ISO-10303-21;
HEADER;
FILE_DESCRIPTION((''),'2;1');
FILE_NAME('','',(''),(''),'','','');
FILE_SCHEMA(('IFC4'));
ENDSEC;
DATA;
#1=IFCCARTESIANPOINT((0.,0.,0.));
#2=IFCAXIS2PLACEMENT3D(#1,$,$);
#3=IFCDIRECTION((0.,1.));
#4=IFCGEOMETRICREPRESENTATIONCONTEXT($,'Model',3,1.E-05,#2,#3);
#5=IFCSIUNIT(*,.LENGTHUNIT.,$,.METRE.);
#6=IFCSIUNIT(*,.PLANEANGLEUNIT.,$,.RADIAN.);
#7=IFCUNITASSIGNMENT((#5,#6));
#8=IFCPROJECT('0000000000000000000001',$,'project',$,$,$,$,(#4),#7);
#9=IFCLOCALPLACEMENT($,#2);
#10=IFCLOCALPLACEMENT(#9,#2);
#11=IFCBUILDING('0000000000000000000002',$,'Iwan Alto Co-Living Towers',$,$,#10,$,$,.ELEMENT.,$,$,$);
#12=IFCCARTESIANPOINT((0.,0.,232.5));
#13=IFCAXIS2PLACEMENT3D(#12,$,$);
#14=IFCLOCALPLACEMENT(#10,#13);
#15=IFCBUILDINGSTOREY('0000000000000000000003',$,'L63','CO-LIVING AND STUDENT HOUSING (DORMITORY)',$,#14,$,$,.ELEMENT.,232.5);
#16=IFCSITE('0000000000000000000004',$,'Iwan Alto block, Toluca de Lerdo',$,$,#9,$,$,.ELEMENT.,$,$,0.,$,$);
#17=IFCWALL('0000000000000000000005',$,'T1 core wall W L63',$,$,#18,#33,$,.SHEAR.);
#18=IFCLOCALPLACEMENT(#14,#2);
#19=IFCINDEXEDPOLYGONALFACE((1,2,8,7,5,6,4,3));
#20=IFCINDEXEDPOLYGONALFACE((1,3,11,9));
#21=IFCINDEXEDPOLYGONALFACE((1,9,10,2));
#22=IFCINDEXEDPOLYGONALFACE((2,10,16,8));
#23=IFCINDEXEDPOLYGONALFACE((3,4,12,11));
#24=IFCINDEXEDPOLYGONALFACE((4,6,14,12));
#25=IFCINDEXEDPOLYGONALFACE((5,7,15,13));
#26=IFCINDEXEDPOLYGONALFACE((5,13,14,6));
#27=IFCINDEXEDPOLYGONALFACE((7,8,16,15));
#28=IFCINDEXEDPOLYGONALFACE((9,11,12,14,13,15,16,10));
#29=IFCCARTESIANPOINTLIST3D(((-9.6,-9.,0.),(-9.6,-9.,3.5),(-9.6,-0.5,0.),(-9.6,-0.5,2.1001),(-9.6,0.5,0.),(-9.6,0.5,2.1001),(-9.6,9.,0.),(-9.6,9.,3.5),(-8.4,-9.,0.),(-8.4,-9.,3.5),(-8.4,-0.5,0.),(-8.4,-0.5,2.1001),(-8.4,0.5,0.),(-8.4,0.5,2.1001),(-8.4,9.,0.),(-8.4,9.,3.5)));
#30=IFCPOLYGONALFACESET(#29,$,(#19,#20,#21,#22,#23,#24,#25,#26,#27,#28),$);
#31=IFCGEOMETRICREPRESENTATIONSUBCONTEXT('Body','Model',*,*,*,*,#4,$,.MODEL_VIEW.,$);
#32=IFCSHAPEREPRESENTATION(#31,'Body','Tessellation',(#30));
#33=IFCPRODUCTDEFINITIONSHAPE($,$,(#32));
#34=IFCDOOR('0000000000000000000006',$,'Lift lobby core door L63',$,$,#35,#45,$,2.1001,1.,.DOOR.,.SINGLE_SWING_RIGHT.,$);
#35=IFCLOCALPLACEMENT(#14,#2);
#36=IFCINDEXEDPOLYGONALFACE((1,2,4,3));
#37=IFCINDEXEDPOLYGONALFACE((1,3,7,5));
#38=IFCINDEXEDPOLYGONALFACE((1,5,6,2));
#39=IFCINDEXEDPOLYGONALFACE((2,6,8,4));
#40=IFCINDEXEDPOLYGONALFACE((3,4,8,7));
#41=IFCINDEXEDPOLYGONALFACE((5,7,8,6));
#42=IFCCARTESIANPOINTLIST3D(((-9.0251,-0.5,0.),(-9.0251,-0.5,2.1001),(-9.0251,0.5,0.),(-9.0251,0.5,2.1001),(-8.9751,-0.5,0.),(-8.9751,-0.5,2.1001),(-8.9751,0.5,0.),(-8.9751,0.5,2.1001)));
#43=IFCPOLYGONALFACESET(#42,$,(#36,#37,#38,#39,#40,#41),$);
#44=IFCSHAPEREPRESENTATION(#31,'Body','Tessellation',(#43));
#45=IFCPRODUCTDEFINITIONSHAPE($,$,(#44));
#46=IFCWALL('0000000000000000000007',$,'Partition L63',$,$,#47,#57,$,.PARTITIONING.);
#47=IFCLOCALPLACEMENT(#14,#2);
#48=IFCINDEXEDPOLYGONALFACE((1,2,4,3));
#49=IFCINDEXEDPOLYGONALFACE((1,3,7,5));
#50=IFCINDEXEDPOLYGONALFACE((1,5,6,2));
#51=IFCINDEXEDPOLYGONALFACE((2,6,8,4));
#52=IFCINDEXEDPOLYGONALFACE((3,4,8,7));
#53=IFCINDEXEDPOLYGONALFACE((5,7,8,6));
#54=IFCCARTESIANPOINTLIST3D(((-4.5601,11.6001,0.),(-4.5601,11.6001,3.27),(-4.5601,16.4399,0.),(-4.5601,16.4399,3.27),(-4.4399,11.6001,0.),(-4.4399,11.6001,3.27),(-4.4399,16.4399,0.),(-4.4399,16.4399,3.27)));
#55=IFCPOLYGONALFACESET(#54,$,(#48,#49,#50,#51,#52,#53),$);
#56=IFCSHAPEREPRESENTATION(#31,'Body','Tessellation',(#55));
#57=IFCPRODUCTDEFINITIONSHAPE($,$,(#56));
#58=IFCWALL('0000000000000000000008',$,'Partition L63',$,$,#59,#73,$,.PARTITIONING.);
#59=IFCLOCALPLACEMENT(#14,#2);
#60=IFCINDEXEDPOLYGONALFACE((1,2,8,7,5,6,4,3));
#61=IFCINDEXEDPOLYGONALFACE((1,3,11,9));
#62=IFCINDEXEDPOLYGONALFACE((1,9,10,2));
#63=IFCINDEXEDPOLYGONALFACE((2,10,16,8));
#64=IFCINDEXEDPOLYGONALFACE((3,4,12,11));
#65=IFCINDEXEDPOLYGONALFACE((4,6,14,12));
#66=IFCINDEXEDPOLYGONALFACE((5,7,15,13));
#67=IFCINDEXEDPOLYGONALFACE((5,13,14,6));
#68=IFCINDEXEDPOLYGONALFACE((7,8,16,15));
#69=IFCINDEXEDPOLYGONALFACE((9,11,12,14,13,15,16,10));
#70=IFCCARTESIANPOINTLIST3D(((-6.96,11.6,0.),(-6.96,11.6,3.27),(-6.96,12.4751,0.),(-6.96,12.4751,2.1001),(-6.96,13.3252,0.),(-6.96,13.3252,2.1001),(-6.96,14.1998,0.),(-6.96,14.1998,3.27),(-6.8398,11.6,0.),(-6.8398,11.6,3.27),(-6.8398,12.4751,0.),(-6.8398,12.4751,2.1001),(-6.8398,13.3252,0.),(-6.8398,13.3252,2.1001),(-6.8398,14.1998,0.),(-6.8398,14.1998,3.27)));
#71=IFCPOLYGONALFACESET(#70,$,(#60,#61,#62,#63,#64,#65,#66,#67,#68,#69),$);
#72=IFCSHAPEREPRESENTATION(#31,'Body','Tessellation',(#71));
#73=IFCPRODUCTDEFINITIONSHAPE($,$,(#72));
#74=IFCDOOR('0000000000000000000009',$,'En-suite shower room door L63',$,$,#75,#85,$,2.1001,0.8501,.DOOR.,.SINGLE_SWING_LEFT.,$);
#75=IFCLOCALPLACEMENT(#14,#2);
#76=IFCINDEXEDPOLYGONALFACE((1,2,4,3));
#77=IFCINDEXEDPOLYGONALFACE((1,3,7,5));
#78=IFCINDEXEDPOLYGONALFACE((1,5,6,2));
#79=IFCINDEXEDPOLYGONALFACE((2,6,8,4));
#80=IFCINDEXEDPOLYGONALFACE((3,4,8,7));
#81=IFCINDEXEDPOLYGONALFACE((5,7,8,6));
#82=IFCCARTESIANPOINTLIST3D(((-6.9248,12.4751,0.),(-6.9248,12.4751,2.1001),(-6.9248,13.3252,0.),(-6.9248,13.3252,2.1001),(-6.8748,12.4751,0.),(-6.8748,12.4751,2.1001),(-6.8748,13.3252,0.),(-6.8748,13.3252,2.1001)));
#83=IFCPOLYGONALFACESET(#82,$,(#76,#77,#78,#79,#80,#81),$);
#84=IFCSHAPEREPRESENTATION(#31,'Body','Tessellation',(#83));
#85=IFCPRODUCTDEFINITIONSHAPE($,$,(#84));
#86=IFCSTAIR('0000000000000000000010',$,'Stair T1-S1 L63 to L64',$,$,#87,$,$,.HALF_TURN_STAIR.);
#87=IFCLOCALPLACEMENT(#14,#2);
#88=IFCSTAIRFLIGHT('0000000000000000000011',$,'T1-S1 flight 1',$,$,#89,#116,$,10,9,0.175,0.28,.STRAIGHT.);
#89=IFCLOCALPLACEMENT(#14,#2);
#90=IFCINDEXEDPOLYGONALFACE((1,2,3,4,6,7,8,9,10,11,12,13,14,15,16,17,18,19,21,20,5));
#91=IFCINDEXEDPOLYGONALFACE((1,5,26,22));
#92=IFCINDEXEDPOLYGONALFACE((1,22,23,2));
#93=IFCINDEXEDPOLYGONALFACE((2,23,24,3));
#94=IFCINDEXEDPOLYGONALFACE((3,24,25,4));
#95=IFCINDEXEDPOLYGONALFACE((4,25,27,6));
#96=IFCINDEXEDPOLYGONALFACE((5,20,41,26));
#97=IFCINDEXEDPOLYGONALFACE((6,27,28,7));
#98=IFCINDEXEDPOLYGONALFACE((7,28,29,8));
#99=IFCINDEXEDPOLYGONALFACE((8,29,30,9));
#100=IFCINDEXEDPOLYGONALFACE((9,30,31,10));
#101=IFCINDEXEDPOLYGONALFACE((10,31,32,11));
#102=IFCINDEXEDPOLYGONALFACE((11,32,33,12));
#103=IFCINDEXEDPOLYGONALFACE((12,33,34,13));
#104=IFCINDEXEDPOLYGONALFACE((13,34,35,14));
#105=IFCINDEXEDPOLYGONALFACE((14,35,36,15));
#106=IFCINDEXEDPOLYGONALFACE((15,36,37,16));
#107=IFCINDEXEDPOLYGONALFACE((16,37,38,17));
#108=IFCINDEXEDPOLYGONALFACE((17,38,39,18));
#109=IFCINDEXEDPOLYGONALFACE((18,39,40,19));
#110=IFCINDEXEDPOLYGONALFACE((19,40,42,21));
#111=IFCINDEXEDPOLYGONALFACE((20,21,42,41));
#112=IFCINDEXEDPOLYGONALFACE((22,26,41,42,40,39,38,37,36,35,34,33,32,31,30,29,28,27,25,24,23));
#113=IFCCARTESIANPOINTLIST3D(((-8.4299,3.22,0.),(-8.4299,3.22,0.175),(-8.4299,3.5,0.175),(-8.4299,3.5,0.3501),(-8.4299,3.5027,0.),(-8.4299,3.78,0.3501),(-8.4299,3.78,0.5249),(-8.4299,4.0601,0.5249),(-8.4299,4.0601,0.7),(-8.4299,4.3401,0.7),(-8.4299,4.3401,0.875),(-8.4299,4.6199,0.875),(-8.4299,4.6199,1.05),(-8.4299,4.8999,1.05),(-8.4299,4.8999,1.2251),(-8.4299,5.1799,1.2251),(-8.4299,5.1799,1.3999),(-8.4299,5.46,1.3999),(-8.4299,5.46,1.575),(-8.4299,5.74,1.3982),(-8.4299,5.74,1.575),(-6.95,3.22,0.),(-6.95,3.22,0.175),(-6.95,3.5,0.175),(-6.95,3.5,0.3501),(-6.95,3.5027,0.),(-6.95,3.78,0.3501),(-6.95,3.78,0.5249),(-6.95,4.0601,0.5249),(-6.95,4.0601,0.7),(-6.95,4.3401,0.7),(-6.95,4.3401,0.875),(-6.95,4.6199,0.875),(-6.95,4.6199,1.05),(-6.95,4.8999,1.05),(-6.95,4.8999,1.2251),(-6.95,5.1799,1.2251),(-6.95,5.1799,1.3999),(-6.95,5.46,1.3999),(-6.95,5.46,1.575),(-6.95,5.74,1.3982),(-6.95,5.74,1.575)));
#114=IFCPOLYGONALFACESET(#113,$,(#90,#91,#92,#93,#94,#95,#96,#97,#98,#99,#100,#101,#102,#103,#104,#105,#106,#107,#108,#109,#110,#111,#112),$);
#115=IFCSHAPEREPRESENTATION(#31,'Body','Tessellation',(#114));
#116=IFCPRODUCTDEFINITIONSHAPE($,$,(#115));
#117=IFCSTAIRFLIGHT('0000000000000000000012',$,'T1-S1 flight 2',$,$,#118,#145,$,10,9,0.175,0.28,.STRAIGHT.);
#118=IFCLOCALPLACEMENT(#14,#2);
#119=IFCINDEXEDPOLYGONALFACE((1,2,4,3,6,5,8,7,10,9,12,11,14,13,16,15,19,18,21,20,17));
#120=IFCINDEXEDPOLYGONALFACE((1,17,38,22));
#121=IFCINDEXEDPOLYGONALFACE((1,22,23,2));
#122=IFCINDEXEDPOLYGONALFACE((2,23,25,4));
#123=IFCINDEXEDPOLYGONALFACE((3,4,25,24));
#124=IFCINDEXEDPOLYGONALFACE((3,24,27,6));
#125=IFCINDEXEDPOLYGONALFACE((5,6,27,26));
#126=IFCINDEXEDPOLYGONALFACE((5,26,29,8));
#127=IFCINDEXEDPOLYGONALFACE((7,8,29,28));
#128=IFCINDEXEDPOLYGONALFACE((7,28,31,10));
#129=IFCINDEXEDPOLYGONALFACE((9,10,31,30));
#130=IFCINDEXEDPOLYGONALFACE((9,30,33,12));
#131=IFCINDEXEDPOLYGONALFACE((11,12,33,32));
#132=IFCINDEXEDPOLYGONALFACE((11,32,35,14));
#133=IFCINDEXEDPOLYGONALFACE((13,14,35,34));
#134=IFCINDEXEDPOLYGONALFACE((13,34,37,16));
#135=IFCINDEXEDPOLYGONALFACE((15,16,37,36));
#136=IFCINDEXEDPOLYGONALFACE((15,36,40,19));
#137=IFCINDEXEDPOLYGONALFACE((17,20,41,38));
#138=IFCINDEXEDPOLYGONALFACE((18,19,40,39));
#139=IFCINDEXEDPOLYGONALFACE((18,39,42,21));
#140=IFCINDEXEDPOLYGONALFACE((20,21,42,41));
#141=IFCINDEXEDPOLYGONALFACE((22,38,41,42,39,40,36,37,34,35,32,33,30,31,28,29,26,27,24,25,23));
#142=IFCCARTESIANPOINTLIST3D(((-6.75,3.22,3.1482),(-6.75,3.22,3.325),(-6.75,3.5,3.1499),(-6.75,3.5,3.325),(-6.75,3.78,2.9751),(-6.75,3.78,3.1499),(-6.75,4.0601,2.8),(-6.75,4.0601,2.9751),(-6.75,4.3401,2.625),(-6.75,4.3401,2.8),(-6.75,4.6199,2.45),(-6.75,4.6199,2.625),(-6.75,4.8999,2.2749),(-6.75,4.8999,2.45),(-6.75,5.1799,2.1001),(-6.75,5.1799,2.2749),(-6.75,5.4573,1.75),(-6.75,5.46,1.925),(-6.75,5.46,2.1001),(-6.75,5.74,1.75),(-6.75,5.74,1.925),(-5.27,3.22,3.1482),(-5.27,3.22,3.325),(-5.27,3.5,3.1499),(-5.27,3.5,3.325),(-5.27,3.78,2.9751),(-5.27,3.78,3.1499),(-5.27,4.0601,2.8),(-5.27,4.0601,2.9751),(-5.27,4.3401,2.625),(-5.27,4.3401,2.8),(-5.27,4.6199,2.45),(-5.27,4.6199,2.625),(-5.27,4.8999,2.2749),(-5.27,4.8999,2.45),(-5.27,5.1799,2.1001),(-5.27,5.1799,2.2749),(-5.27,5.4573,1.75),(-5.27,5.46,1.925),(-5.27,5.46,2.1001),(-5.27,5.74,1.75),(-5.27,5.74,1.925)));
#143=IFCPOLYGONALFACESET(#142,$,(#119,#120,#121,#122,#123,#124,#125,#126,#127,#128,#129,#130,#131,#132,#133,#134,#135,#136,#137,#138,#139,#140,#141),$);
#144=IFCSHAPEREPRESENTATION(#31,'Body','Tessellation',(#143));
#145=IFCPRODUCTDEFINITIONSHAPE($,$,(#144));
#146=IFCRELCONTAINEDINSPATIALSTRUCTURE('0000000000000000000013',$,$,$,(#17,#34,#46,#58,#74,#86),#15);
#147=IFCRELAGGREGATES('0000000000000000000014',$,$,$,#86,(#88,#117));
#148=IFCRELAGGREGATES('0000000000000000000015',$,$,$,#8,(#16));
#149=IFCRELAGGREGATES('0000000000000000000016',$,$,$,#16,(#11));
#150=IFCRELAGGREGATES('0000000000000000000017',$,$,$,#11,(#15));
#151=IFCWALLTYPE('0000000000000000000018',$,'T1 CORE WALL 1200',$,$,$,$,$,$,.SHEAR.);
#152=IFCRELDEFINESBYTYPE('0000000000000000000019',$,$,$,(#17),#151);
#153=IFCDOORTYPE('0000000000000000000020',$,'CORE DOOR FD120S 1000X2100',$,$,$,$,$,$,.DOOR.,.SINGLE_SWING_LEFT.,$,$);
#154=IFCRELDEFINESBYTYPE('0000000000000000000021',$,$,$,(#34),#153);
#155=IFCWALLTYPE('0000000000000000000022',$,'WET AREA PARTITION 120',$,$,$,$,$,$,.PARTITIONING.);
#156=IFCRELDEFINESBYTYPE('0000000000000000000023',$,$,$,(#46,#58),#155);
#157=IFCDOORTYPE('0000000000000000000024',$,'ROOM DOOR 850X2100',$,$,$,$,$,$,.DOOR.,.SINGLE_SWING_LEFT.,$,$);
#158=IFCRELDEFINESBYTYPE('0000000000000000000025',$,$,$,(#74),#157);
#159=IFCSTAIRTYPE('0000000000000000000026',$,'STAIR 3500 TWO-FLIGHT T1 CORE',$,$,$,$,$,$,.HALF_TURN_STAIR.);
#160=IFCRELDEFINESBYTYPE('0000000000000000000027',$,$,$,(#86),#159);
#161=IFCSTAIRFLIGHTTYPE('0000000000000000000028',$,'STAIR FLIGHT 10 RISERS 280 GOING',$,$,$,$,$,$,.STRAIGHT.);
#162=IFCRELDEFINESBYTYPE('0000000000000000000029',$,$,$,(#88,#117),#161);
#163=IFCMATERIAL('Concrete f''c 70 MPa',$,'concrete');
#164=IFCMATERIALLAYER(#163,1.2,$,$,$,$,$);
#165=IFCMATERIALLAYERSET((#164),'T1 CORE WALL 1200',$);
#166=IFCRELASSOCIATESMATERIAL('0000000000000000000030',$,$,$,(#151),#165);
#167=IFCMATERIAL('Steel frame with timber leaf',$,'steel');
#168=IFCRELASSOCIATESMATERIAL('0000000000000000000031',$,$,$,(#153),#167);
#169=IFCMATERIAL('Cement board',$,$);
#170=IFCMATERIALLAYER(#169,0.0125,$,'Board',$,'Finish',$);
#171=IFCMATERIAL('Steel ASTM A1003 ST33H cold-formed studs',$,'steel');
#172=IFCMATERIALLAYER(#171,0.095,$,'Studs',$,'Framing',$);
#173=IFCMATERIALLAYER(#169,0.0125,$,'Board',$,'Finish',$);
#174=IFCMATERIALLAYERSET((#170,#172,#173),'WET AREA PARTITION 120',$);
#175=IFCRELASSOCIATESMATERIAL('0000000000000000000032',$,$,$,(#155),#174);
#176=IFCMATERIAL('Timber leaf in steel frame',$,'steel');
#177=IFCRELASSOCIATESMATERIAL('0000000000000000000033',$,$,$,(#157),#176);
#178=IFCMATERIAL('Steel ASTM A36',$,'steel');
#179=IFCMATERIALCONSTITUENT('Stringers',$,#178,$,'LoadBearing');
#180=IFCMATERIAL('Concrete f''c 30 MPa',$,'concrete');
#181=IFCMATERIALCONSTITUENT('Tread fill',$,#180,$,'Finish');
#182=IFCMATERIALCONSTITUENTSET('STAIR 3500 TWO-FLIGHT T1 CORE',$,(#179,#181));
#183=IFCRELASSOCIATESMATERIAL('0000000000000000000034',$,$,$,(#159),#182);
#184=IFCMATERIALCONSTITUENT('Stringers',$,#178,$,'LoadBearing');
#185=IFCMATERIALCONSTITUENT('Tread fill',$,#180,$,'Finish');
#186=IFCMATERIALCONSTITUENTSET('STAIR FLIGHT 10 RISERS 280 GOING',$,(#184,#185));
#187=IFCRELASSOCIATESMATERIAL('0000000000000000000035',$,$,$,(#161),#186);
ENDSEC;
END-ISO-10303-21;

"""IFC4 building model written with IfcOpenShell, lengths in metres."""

from ifc_helpers import new_model, si_unit, direction, frame, frame_2d, origin, place, context, subcontext, project, spatial, polyline, rectangle, outline, extrude, material, layer, layer_set, constituent, constituent_set, type_object, element, fill, aggregate, save


model = new_model("IFC4")

# Units and contexts
model_context = context("Model", 3, precision=1e-05, world=origin(), true_north=direction((0.0, 1.0)))
body_context = subcontext(model_context, "Body", "Model", "MODEL_VIEW")
ifc_project = project(units=[si_unit("LENGTHUNIT", "METRE"), si_unit("PLANEANGLEUNIT", "RADIAN")], contexts=[model_context])

# Site, building, storey
site_placement = place(None, origin())
site = spatial("IfcSite", under=ifc_project, at=site_placement, Name="Iwan Alto block, Toluca de Lerdo", CompositionType="ELEMENT", RefElevation=0.0)
building_placement = place(site_placement, origin())
building = spatial("IfcBuilding", under=site, at=building_placement, Name="Iwan Alto Co-Living Towers", CompositionType="ELEMENT")
storey_placement = place(building_placement, frame((0.0, 0.0, 232.5)))
storey = spatial("IfcBuildingStorey", under=building, at=storey_placement, Name="L63", Description="CO-LIVING AND STUDENT HOUSING (DORMITORY)", CompositionType="ELEMENT", Elevation=232.5)

# Shared definitions
ifc_material_1 = material(Name="Steel ASTM A1003 ST33H cold-formed studs", Category="steel")

# Wall, opening, door
ifc_material_2 = material(Name="Concrete f'c 70 MPa", Category="concrete")
ifc_layer_1 = layer(ifc_material_2, 1.2)
ifc_layer_set_1 = layer_set([ifc_layer_1], Name="T1 CORE WALL 1200")
wall_type_1 = type_object("IfcWallType", Name="T1 CORE WALL 1200", PredefinedType="SHEAR", material=ifc_layer_set_1)
wall_1_placement = place(storey_placement, frame((-9.0, 9.0, 0.0), z_axis=(0.0, 0.0, 1.0), x_axis=(0.0, -1.0, 0.0)))
wall_1 = element("IfcWall", 1, at=wall_1_placement, inside=storey, type_object=wall_type_1, Name="T1 core wall W L63", PredefinedType="SHEAR", context=body_context, shape_type="SweptSolid", body=[
    extrude(rectangle(XDim=18.0, YDim=1.2, at=frame_2d((9.0, 0.0))), origin(), (0.0, 0.0, 1.0), 3.5),
])
opening_1_placement = place(wall_1_placement, frame((8.5, 0.0, 0.0)))
opening_1 = element("IfcOpeningElement", 2, at=opening_1_placement, cuts=wall_1, PredefinedType="OPENING", context=body_context, shape_type="SweptSolid", body=[
    extrude(rectangle(XDim=1.0, YDim=2.1001, at=frame_2d((0.5, 1.05))), frame((0.0, 0.6099, 0.0), z_axis=(0.0, -1.0, 0.0), x_axis=(1.0, 0.0, 0.0)), (0.0, 0.0, 1.0), 1.22),
])
ifc_material_3 = material(Name="Steel frame with timber leaf", Category="steel")
door_type_1 = type_object("IfcDoorType", Name="CORE DOOR FD120S 1000X2100", OperationType="SINGLE_SWING_LEFT", PredefinedType="DOOR", material=ifc_material_3)
door_1_placement = place(opening_1_placement, origin())
door_1 = element("IfcDoor", 3, at=door_1_placement, inside=storey, type_object=door_type_1, Name="Lift lobby core door L63", OperationType="SINGLE_SWING_RIGHT", OverallHeight=2.1001, OverallWidth=1.0, PredefinedType="DOOR", context=body_context, shape_type="SweptSolid", body=[
    extrude(rectangle(XDim=1.0, YDim=2.1001, at=frame_2d((0.5, 1.05))), frame((0.0, 0.0249, 0.0), z_axis=(0.0, -1.0, 0.0), x_axis=(1.0, 0.0, 0.0)), (0.0, 0.0, 1.0), 0.05),
])
fill(opening_1, door_1)

# Wall
ifc_material_4 = material(Name="Cement board")
ifc_layer_2 = layer(ifc_material_4, 0.0125, Name="Board", Category="Finish")
ifc_layer_3 = layer(ifc_material_1, 0.095, Name="Studs", Category="Framing")
ifc_layer_4 = layer(ifc_material_4, 0.0125, Name="Board", Category="Finish")
ifc_layer_set_2 = layer_set([ifc_layer_2, ifc_layer_3, ifc_layer_4], Name="WET AREA PARTITION 120")
wall_type_2 = type_object("IfcWallType", Name="WET AREA PARTITION 120", PredefinedType="PARTITIONING", material=ifc_layer_set_2)
wall_2_placement = place(storey_placement, frame((-4.5, 11.6001, 0.0), z_axis=(0.0, 0.0, 1.0), x_axis=(0.0, 1.0, 0.0)))
element("IfcWall", 4, at=wall_2_placement, inside=storey, type_object=wall_type_2, Name="Partition L63", PredefinedType="PARTITIONING", context=body_context, shape_type="SweptSolid", body=[
    extrude(rectangle(XDim=4.8398, YDim=0.1201, at=frame_2d((2.4199, 0.0))), origin(), (0.0, 0.0, 1.0), 3.27),
])

# Wall, opening, door
wall_3_placement = place(storey_placement, frame((-6.8999, 11.6001, 0.0), z_axis=(0.0, 0.0, 1.0), x_axis=(0.0, 1.0, 0.0)))
wall_3 = element("IfcWall", 5, at=wall_3_placement, inside=storey, type_object=wall_type_2, Name="Partition L63", PredefinedType="PARTITIONING", context=body_context, shape_type="SweptSolid", body=[
    extrude(rectangle(XDim=2.5999, YDim=0.1201, at=frame_2d((1.2998, 0.0))), origin(), (0.0, 0.0, 1.0), 3.27),
])
opening_2_placement = place(wall_3_placement, frame((0.875, 0.0, 0.0)))
opening_2 = element("IfcOpeningElement", 6, at=opening_2_placement, cuts=wall_3, PredefinedType="OPENING", context=body_context, shape_type="SweptSolid", body=[
    extrude(rectangle(XDim=0.8501, YDim=2.1001, at=frame_2d((0.425, 1.05))), frame((0.0, 0.0701, 0.0), z_axis=(0.0, -1.0, 0.0), x_axis=(1.0, 0.0, 0.0)), (0.0, 0.0, 1.0), 0.1401),
])
ifc_material_5 = material(Name="Timber leaf in steel frame", Category="steel")
door_type_2 = type_object("IfcDoorType", Name="ROOM DOOR 850X2100", OperationType="SINGLE_SWING_LEFT", PredefinedType="DOOR", material=ifc_material_5)
door_2_placement = place(opening_2_placement, origin())
door_2 = element("IfcDoor", 7, at=door_2_placement, inside=storey, type_object=door_type_2, Name="En-suite shower room door L63", OperationType="SINGLE_SWING_LEFT", OverallHeight=2.1001, OverallWidth=0.8501, PredefinedType="DOOR", context=body_context, shape_type="SweptSolid", body=[
    extrude(rectangle(XDim=0.8501, YDim=2.1001, at=frame_2d((0.425, 1.05))), frame((0.0, 0.0249, 0.0), z_axis=(0.0, -1.0, 0.0), x_axis=(1.0, 0.0, 0.0)), (0.0, 0.0, 1.0), 0.05),
])
fill(opening_2, door_2)

# Stair, stair flights
ifc_material_6 = material(Name="Steel ASTM A36", Category="steel")
ifc_constituent_1 = constituent(ifc_material_6, Name="Stringers", Category="LoadBearing")
ifc_material_7 = material(Name="Concrete f'c 30 MPa", Category="concrete")
ifc_constituent_2 = constituent(ifc_material_7, Name="Tread fill", Category="Finish")
ifc_constituent_set_1 = constituent_set(constituents=[ifc_constituent_1, ifc_constituent_2], Name="STAIR 3500 TWO-FLIGHT T1 CORE")
stair_type = type_object("IfcStairType", Name="STAIR 3500 TWO-FLIGHT T1 CORE", PredefinedType="HALF_TURN_STAIR", material=ifc_constituent_set_1)
stair_placement = place(storey_placement, origin())
stair = element("IfcStair", 8, at=stair_placement, inside=storey, type_object=stair_type, Name="Stair T1-S1 L63 to L64", PredefinedType="HALF_TURN_STAIR")
ifc_constituent_3 = constituent(ifc_material_6, Name="Stringers", Category="LoadBearing")
ifc_constituent_4 = constituent(ifc_material_7, Name="Tread fill", Category="Finish")
ifc_constituent_set_2 = constituent_set(constituents=[ifc_constituent_3, ifc_constituent_4], Name="STAIR FLIGHT 10 RISERS 280 GOING")
stair_flight_type = type_object("IfcStairFlightType", Name="STAIR FLIGHT 10 RISERS 280 GOING", PredefinedType="STRAIGHT", material=ifc_constituent_set_2)
stair_flight_1_placement = place(storey_placement, frame((-7.6899, 3.22, 0.0), z_axis=(0.0, 0.0, 1.0), x_axis=(0.0, 1.0, 0.0)))
stair_flight_1 = element("IfcStairFlight", 9, at=stair_flight_1_placement, type_object=stair_flight_type, Name="T1-S1 flight 1", NumberOfRisers=10, NumberOfTreads=9, PredefinedType="STRAIGHT", RiserHeight=0.175, TreadLength=0.28, context=body_context, shape_type="SweptSolid", body=[
    extrude(outline(polyline([(0.0, 0.0), (0.0, 0.175), (0.28, 0.175), (0.28, 0.3501), (0.5601, 0.3501), (0.5601, 0.5249), (0.8401, 0.5249), (0.8401, 0.7), (1.1201, 0.7), (1.1201, 0.875), (1.3999, 0.875), (1.3999, 1.05), (1.6799, 1.05), (1.6799, 1.2251), (1.96, 1.2251), (1.96, 1.3999), (2.24, 1.3999), (2.24, 1.575), (2.52, 1.575), (2.52, 1.75), (2.52, 1.3982), (0.2827, 0.0), (0.0, 0.0)])), frame((0.0, 0.74, 0.0), z_axis=(0.0, -1.0, 0.0), x_axis=(1.0, 0.0, 0.0)), (0.0, 0.0, 1.0), 1.48),
])
stair_flight_2_placement = place(storey_placement, frame((-6.01, 5.74, 1.75), z_axis=(0.0, 0.0, 1.0), x_axis=(0.0, -1.0, 0.0)))
stair_flight_2 = element("IfcStairFlight", 10, at=stair_flight_2_placement, type_object=stair_flight_type, Name="T1-S1 flight 2", NumberOfRisers=10, NumberOfTreads=9, PredefinedType="STRAIGHT", RiserHeight=0.175, TreadLength=0.28, context=body_context, shape_type="SweptSolid", body=[
    extrude(outline(polyline([(0.0, 0.0), (0.0, 0.175), (0.28, 0.175), (0.28, 0.3501), (0.5601, 0.3501), (0.5601, 0.5249), (0.8401, 0.5249), (0.8401, 0.7), (1.1201, 0.7), (1.1201, 0.875), (1.3999, 0.875), (1.3999, 1.05), (1.6799, 1.05), (1.6799, 1.2251), (1.96, 1.2251), (1.96, 1.3999), (2.24, 1.3999), (2.24, 1.575), (2.52, 1.575), (2.52, 1.75), (2.52, 1.3982), (0.2827, 0.0), (0.0, 0.0)])), frame((0.0, 0.74, 0.0), z_axis=(0.0, -1.0, 0.0), x_axis=(1.0, 0.0, 0.0)), (0.0, 0.0, 1.0), 1.48),
])
aggregate(stair, [stair_flight_1, stair_flight_2])

save(model, "model.ifc")
